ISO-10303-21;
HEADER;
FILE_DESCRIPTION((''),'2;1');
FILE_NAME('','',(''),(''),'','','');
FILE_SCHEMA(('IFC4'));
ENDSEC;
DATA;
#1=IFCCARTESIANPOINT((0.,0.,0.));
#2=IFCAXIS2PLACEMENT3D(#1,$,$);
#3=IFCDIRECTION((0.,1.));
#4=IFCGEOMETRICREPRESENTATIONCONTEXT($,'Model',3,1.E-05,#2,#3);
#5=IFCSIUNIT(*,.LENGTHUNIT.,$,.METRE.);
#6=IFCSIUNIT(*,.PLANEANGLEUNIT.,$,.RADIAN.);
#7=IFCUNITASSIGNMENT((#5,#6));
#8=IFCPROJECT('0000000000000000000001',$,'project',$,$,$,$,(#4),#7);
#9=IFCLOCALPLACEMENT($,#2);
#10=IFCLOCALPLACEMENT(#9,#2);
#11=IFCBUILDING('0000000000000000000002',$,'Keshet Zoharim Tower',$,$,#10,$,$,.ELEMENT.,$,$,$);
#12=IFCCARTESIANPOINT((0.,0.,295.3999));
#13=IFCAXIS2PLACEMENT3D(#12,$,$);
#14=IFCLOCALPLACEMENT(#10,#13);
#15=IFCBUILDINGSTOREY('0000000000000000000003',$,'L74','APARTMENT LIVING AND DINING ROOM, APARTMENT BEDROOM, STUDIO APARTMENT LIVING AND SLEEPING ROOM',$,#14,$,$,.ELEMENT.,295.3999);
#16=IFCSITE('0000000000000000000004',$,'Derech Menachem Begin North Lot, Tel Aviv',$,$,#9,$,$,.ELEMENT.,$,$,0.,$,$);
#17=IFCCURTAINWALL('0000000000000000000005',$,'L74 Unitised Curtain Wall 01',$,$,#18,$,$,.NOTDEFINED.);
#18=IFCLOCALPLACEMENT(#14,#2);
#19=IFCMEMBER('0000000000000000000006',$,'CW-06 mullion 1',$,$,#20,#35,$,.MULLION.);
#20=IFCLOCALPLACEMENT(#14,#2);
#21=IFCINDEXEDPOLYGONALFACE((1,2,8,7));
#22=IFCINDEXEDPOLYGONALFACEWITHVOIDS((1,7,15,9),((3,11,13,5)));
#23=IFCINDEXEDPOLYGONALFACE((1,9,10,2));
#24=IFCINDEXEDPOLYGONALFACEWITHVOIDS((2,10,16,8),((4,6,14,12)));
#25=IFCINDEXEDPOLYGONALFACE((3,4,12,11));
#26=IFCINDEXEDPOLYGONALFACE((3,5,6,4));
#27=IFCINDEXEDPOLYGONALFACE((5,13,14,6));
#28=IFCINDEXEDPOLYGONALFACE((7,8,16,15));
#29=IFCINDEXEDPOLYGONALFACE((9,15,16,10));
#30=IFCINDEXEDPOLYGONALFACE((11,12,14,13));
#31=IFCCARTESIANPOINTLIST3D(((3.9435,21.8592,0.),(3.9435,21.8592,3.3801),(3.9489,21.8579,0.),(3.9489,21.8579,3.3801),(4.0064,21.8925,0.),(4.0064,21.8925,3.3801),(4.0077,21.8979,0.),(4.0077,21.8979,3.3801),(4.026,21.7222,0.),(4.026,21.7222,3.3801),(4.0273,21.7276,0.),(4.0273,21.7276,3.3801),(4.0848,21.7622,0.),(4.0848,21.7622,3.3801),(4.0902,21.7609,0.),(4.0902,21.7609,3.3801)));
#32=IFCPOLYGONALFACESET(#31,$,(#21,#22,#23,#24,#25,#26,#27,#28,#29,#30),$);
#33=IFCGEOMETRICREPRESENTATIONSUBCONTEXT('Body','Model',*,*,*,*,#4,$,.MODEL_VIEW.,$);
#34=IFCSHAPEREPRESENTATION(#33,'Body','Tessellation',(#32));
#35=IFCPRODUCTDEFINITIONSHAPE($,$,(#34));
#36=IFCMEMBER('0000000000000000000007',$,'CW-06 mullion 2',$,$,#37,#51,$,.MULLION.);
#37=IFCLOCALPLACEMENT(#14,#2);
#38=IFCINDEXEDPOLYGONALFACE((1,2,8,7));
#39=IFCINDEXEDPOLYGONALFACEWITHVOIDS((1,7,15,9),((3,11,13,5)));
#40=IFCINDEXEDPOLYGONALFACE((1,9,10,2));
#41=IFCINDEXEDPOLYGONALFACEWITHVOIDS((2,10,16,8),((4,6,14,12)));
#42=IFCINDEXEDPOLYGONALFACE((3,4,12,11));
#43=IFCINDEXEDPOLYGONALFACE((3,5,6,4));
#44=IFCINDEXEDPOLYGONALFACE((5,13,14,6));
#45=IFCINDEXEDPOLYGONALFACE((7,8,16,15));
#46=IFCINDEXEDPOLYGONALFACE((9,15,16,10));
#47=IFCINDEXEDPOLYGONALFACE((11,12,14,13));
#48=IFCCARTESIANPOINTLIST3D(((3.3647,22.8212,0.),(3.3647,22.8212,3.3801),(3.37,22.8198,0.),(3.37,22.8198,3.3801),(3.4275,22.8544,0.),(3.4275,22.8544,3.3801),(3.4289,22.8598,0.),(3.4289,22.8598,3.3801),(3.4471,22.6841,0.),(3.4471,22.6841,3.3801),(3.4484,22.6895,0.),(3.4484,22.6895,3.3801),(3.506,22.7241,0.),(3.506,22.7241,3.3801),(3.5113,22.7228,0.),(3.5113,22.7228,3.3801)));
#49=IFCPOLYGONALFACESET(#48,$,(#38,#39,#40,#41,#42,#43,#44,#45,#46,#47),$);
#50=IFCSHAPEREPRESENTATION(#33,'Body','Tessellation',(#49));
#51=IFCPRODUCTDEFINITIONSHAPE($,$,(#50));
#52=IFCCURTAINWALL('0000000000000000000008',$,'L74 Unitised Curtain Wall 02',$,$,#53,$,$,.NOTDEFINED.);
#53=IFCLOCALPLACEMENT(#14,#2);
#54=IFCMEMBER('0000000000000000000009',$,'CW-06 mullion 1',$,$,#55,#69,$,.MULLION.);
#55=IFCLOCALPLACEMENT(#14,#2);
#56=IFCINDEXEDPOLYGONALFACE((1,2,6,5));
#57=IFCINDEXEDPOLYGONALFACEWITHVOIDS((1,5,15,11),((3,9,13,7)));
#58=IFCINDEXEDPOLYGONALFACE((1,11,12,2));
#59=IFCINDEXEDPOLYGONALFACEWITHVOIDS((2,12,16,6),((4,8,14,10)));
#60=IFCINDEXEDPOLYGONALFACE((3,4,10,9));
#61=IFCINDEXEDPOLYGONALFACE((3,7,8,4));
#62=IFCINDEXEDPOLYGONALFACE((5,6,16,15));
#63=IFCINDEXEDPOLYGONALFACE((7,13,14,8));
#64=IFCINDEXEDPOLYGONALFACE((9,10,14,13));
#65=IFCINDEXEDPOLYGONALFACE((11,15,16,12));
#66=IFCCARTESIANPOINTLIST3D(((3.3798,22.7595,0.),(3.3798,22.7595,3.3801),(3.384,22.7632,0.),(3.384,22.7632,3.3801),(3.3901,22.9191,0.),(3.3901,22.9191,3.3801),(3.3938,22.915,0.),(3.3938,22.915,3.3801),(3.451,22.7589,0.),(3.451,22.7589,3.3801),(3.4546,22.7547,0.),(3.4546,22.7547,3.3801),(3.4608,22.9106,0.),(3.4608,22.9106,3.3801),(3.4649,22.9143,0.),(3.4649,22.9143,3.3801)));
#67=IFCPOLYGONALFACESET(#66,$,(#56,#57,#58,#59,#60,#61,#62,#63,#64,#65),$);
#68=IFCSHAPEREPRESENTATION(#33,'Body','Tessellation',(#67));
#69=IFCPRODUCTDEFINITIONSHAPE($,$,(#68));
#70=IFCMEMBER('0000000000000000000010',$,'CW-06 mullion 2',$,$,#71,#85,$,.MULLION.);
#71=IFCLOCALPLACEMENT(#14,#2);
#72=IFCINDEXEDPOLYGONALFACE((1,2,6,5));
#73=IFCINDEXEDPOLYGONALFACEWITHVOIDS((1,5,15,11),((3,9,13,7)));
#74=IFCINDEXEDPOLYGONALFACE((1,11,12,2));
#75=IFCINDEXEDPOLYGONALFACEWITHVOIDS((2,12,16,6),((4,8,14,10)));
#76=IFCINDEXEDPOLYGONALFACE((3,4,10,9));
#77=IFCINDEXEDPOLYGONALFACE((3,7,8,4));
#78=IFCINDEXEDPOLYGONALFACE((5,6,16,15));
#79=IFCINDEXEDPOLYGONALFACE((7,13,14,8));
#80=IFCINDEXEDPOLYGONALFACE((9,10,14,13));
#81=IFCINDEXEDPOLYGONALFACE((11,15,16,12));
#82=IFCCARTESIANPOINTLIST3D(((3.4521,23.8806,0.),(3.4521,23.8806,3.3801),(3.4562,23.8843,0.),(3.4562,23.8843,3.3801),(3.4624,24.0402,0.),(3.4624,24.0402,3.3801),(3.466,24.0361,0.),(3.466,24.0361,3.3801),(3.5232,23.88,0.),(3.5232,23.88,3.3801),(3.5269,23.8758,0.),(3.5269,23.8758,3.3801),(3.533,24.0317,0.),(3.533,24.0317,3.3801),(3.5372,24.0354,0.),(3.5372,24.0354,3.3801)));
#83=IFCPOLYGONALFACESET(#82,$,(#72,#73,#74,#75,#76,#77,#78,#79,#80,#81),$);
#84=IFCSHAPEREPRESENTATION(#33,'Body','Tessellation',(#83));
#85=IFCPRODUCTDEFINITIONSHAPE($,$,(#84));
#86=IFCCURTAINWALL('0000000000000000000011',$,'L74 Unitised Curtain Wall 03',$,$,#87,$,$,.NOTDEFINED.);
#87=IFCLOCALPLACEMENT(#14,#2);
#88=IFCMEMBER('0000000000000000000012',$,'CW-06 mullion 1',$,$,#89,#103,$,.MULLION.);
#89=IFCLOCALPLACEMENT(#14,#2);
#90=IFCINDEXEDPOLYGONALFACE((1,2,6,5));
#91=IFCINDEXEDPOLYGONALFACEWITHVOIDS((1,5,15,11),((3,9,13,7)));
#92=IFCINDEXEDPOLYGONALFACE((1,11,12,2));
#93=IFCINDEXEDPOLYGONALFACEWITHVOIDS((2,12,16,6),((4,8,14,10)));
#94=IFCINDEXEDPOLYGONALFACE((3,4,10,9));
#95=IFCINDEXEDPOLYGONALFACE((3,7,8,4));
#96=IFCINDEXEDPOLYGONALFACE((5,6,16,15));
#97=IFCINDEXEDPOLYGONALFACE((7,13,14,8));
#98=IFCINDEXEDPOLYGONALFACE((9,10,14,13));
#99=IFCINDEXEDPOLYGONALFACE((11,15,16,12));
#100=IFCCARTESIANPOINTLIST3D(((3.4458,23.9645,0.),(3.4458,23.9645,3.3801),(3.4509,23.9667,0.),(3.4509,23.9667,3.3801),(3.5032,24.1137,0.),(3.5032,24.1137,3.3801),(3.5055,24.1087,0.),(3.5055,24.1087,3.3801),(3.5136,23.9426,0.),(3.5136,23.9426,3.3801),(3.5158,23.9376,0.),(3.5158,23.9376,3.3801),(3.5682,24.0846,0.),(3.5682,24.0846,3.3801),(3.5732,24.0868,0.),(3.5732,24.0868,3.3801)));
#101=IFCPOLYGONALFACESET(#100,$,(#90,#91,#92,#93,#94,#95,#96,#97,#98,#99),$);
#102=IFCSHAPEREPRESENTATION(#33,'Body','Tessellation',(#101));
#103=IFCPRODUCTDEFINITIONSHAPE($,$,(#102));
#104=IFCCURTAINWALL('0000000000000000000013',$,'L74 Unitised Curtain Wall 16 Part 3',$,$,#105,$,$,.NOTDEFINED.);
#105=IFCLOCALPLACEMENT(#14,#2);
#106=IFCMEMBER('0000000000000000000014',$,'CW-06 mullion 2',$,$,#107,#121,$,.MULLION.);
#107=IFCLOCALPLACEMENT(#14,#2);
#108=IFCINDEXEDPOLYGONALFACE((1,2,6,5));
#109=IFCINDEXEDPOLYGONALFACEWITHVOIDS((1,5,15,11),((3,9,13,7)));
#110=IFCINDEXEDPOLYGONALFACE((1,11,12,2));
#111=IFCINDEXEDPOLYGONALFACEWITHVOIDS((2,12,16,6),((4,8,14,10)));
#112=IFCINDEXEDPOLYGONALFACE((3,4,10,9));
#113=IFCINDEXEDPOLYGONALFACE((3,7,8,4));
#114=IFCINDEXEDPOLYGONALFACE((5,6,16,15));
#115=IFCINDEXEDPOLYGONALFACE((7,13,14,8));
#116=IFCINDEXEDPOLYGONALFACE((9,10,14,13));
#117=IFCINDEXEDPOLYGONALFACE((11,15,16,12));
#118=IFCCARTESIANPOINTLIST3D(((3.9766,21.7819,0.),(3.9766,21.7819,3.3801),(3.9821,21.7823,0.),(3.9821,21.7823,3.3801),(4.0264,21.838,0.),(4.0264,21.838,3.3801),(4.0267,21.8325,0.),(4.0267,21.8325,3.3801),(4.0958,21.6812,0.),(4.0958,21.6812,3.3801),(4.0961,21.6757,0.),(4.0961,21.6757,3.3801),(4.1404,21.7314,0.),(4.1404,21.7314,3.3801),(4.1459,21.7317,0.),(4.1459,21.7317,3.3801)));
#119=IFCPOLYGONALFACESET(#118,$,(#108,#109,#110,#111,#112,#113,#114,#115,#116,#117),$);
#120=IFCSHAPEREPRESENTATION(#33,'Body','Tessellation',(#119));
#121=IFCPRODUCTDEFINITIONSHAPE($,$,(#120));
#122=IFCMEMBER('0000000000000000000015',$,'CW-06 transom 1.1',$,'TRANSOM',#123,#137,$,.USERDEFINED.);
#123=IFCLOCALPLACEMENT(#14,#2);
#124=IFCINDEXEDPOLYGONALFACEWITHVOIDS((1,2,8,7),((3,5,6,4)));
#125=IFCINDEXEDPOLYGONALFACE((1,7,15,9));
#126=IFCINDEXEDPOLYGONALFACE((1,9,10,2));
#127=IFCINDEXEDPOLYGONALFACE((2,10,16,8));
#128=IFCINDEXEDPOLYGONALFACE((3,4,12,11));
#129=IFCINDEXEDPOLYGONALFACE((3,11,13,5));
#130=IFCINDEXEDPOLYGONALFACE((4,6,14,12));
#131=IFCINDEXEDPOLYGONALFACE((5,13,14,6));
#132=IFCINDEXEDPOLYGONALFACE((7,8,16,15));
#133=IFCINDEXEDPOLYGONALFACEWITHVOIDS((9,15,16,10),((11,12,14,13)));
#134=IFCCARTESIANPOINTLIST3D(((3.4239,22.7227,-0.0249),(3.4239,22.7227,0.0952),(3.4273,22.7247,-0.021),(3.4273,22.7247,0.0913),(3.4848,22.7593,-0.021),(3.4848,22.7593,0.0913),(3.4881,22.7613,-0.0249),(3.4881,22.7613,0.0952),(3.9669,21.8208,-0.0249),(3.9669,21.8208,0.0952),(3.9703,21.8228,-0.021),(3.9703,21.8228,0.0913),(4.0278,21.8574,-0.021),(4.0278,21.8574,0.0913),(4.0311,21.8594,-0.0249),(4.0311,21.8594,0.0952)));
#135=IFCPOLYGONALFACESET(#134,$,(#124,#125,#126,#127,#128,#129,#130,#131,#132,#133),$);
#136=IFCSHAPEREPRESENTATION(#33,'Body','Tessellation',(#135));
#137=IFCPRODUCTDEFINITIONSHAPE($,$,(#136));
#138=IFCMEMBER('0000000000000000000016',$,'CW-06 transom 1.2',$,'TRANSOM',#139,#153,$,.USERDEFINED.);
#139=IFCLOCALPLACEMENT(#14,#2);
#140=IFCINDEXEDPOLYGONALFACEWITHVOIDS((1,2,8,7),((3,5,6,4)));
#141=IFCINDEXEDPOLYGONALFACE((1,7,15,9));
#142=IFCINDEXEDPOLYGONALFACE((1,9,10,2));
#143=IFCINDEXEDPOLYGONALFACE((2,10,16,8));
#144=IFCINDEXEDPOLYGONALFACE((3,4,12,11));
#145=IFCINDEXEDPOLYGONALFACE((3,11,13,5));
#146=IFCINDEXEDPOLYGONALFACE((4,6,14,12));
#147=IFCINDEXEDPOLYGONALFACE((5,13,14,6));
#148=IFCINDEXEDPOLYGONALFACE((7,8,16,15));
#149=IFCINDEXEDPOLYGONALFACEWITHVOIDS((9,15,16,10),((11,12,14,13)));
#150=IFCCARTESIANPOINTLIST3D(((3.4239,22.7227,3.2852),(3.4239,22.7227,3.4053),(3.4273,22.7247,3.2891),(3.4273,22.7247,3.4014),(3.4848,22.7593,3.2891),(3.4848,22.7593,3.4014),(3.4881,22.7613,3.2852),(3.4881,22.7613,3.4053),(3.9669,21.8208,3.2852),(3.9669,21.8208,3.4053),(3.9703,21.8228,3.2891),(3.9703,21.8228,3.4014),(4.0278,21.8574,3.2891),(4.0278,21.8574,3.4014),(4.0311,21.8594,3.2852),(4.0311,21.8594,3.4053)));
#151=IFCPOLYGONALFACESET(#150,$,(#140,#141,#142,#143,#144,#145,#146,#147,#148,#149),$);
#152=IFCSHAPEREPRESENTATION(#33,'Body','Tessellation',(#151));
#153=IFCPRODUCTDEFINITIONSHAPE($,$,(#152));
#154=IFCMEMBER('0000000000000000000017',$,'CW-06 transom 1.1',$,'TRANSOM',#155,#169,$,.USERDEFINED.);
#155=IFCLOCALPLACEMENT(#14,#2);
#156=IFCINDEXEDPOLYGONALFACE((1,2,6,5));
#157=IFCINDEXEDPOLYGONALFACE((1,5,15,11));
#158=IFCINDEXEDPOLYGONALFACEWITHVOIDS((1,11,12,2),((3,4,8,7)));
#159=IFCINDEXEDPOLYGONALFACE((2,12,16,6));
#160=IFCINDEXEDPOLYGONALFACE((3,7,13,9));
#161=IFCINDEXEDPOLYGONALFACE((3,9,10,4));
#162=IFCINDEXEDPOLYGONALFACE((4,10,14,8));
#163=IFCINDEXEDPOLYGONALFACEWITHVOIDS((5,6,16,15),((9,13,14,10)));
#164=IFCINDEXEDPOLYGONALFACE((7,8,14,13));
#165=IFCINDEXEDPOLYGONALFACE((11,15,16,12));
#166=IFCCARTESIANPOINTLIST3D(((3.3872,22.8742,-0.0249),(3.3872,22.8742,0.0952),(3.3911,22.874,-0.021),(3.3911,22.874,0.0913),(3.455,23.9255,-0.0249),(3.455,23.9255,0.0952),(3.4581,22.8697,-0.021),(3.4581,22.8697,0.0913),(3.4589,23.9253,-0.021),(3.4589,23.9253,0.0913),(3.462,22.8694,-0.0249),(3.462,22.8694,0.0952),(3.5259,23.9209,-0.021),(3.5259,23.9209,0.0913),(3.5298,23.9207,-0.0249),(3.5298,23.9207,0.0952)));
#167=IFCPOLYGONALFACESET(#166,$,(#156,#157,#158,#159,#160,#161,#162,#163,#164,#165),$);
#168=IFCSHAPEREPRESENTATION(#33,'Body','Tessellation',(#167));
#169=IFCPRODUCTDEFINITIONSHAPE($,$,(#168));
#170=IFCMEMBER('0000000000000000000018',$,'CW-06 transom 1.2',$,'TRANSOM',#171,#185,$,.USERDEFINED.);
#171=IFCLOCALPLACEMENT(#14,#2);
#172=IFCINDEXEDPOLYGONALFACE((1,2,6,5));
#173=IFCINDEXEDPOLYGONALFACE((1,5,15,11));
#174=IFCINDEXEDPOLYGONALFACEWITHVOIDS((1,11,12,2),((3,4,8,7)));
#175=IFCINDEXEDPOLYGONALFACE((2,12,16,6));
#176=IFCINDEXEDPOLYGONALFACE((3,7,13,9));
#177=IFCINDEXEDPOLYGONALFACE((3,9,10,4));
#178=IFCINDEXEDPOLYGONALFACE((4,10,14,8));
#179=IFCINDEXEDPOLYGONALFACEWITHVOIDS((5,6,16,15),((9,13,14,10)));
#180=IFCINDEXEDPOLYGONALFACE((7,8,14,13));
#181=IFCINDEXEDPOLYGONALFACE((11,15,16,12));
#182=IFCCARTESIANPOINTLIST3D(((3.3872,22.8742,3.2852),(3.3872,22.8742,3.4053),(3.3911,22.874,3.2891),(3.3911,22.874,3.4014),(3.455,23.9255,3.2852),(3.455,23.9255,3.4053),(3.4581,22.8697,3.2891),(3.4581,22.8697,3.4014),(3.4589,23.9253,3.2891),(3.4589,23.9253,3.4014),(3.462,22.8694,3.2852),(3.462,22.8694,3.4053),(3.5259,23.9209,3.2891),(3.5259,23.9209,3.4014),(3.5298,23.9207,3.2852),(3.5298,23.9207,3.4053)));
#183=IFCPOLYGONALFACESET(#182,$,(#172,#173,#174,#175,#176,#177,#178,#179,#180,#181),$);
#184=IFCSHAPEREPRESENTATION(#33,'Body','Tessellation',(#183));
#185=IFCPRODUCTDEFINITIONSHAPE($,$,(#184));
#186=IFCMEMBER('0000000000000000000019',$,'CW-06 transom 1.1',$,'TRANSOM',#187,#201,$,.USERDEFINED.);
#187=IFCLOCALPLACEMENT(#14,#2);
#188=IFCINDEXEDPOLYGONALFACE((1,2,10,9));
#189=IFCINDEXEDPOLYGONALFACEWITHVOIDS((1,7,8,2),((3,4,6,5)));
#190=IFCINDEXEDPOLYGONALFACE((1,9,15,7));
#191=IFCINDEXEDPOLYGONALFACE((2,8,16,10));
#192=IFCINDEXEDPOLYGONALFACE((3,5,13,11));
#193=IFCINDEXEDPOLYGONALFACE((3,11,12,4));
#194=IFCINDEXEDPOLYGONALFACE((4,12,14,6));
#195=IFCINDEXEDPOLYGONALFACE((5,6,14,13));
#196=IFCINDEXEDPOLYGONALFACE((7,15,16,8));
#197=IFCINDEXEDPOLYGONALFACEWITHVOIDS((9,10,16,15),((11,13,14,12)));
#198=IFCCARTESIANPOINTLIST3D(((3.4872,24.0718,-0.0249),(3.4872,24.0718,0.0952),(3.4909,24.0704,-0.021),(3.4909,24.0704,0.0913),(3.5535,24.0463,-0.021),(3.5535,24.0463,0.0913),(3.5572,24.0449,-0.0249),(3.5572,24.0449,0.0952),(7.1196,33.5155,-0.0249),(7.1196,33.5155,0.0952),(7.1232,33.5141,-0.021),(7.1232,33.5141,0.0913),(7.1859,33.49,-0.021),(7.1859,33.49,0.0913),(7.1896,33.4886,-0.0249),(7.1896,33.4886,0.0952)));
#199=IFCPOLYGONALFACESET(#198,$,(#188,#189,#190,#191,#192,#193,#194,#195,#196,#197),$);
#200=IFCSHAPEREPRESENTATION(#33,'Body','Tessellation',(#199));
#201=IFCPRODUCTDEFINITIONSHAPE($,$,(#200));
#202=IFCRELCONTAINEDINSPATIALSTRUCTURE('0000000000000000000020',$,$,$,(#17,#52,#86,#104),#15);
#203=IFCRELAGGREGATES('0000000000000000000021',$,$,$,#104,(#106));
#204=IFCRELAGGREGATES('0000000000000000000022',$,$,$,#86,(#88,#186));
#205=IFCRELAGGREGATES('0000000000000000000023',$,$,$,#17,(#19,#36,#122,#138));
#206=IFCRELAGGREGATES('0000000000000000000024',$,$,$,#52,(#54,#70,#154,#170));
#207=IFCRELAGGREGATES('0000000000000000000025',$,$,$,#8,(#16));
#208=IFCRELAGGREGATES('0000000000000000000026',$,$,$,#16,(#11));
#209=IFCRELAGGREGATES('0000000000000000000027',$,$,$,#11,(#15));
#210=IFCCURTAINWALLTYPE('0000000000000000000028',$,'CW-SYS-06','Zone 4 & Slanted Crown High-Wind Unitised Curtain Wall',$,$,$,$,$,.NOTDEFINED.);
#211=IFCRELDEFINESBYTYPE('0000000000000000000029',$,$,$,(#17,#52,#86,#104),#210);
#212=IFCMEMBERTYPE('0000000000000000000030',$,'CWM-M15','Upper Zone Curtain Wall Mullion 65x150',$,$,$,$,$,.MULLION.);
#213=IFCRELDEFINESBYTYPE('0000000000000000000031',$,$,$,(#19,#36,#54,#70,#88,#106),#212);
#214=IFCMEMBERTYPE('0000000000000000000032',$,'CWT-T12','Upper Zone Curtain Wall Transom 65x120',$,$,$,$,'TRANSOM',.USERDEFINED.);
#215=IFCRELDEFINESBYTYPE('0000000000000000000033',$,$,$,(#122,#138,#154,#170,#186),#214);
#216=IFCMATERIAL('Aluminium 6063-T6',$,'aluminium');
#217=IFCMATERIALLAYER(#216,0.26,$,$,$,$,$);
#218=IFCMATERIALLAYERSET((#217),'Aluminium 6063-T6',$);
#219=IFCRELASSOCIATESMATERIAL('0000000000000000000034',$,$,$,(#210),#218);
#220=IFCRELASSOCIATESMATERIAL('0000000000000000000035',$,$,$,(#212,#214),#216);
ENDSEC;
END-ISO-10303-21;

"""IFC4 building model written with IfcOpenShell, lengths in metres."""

from ifc_helpers import new_model, si_unit, direction, frame, origin, origin_2d, place, context, subcontext, project, spatial, hollow_rectangle, extrude, material, layer, layer_set, material_profile, profile_set, type_object, element, aggregate, save


model = new_model("IFC4")

# Units and contexts
model_context = context("Model", 3, precision=1e-05, world=origin(), true_north=direction((0.0, 1.0)))
body_context = subcontext(model_context, "Body", "Model", "MODEL_VIEW")
ifc_project = project(units=[si_unit("LENGTHUNIT", "METRE"), si_unit("PLANEANGLEUNIT", "RADIAN")], contexts=[model_context])

# Site, building, storey
site_placement = place(None, origin())
site = spatial("IfcSite", under=ifc_project, at=site_placement, Name="Derech Menachem Begin North Lot, Tel Aviv", CompositionType="ELEMENT", RefElevation=0.0)
building_placement = place(site_placement, origin())
building = spatial("IfcBuilding", under=site, at=building_placement, Name="Keshet Zoharim Tower", CompositionType="ELEMENT")
storey_placement = place(building_placement, frame((0.0, 0.0, 295.3999)))
storey = spatial("IfcBuildingStorey", under=building, at=storey_placement, Name="L74", Description="APARTMENT LIVING AND DINING ROOM, APARTMENT BEDROOM, STUDIO APARTMENT LIVING AND SLEEPING ROOM", CompositionType="ELEMENT", Elevation=295.3999)

# Curtain walls, members
ifc_material_1 = material(Name="Aluminium 6063-T6", Category="aluminium")
ifc_layer_1 = layer(ifc_material_1, 0.26)
ifc_layer_set_1 = layer_set([ifc_layer_1], Name="Aluminium 6063-T6")
curtain_wall_type = type_object("IfcCurtainWallType", Name="CW-SYS-06", Description="Zone 4 & Slanted Crown High-Wind Unitised Curtain Wall", PredefinedType="NOTDEFINED", material=ifc_layer_set_1)
curtain_wall_1_placement = place(storey_placement, origin())
curtain_wall_1 = element("IfcCurtainWall", 1, at=curtain_wall_1_placement, inside=storey, type_object=curtain_wall_type, Name="L74 Unitised Curtain Wall 01", PredefinedType="NOTDEFINED")
ifc_material_profile_1 = material_profile(ifc_material_1, hollow_rectangle(XDim=0.075, YDim=0.1599, WallThickness=0.0039, at=origin_2d()), Name="MUL-75x160")
ifc_profile_set_1 = profile_set([ifc_material_profile_1], Name="Aluminium 6063-T6")
member_type_1 = type_object("IfcMemberType", Name="CWM-M15", Description="Upper Zone Curtain Wall Mullion 65x150", PredefinedType="MULLION", material=ifc_profile_set_1)
member_1_placement = place(storey_placement, frame((4.0168, 21.8101, 0.0), z_axis=(0.0, 0.0, 1.0), x_axis=(-0.856826, -0.515605, 0.0)))
member_1 = element("IfcMember", 2, at=member_1_placement, type_object=member_type_1, Name="CW-06 mullion 1", PredefinedType="MULLION", context=body_context, shape_type="SweptSolid", body=[
    extrude(hollow_rectangle(XDim=0.075, YDim=0.1599, WallThickness=0.0039, at=origin_2d()), origin(), (0.0, 0.0, 1.0), 3.3801),
])
member_2_placement = place(storey_placement, frame((3.438, 22.772, 0.0), z_axis=(0.0, 0.0, 1.0), x_axis=(-0.856826, -0.515605, 0.0)))
member_2 = element("IfcMember", 3, at=member_2_placement, type_object=member_type_1, Name="CW-06 mullion 2", PredefinedType="MULLION", context=body_context, shape_type="SweptSolid", body=[
    extrude(hollow_rectangle(XDim=0.075, YDim=0.1599, WallThickness=0.0039, at=origin_2d()), origin(), (0.0, 0.0, 1.0), 3.3801),
])
curtain_wall_2_placement = place(storey_placement, origin())
curtain_wall_2 = element("IfcCurtainWall", 4, at=curtain_wall_2_placement, inside=storey, type_object=curtain_wall_type, Name="L74 Unitised Curtain Wall 02", PredefinedType="NOTDEFINED")
member_3_placement = place(storey_placement, frame((3.4224, 22.8369, 0.0), z_axis=(0.0, 0.0, 1.0), x_axis=(-0.997917, 0.064517, 0.0)))
member_3 = element("IfcMember", 5, at=member_3_placement, type_object=member_type_1, Name="CW-06 mullion 1", PredefinedType="MULLION", context=body_context, shape_type="SweptSolid", body=[
    extrude(hollow_rectangle(XDim=0.075, YDim=0.1599, WallThickness=0.0039, at=origin_2d()), origin(), (0.0, 0.0, 1.0), 3.3801),
])
member_4_placement = place(storey_placement, frame((3.4946, 23.958, 0.0), z_axis=(0.0, 0.0, 1.0), x_axis=(-0.997917, 0.064517, 0.0)))
member_4 = element("IfcMember", 6, at=member_4_placement, type_object=member_type_1, Name="CW-06 mullion 2", PredefinedType="MULLION", context=body_context, shape_type="SweptSolid", body=[
    extrude(hollow_rectangle(XDim=0.075, YDim=0.1599, WallThickness=0.0039, at=origin_2d()), origin(), (0.0, 0.0, 1.0), 3.3801),
])

# Curtain walls, members
curtain_wall_3_placement = place(storey_placement, origin())
curtain_wall_3 = element("IfcCurtainWall", 7, at=curtain_wall_3_placement, inside=storey, type_object=curtain_wall_type, Name="L74 Unitised Curtain Wall 03", PredefinedType="NOTDEFINED")
member_5_placement = place(storey_placement, frame((3.5095, 24.0256, 0.0), z_axis=(0.0, 0.0, 1.0), x_axis=(-0.933341, 0.35899, 0.0)))
member_5 = element("IfcMember", 8, at=member_5_placement, type_object=member_type_1, Name="CW-06 mullion 1", PredefinedType="MULLION", context=body_context, shape_type="SweptSolid", body=[
    extrude(hollow_rectangle(XDim=0.075, YDim=0.1599, WallThickness=0.0039, at=origin_2d()), origin(), (0.0, 0.0, 1.0), 3.3801),
])
curtain_wall_4_placement = place(storey_placement, origin())
curtain_wall_4 = element("IfcCurtainWall", 9, at=curtain_wall_4_placement, inside=storey, type_object=curtain_wall_type, Name="L74 Unitised Curtain Wall 16 Part 3", PredefinedType="NOTDEFINED")
member_6_placement = place(storey_placement, frame((4.0613, 21.7568, 0.0), z_axis=(0.0, 0.0, 1.0), x_axis=(-0.66436, -0.747413, 0.0)))
member_6 = element("IfcMember", 10, at=member_6_placement, type_object=member_type_1, Name="CW-06 mullion 2", PredefinedType="MULLION", context=body_context, shape_type="SweptSolid", body=[
    extrude(hollow_rectangle(XDim=0.075, YDim=0.1599, WallThickness=0.0039, at=origin_2d()), origin(), (0.0, 0.0, 1.0), 3.3801),
])
aggregate(curtain_wall_4, [member_6])

# Members
ifc_material_profile_2 = material_profile(ifc_material_1, hollow_rectangle(XDim=0.075, YDim=0.1201, WallThickness=0.0039, at=origin_2d()), Name="TRN-75x120")
ifc_profile_set_2 = profile_set([ifc_material_profile_2], Name="Aluminium 6063-T6")
member_type_2 = type_object("IfcMemberType", Name="CWT-T12", Description="Upper Zone Curtain Wall Transom 65x120", ElementType="TRANSOM", PredefinedType="USERDEFINED", material=ifc_profile_set_2)
member_7_placement = place(storey_placement, frame((3.999, 21.8401, 0.0352), z_axis=(-0.515791, 0.856714, 0.0), x_axis=(-0.856714, -0.515791, 0.0)))
member_7 = element("IfcMember", 11, at=member_7_placement, type_object=member_type_2, Name="CW-06 transom 1.1", ObjectType="TRANSOM", PredefinedType="USERDEFINED", context=body_context, shape_type="SweptSolid", body=[
    extrude(hollow_rectangle(XDim=0.075, YDim=0.1201, WallThickness=0.0039, at=origin_2d()), origin(), (0.0, 0.0, 1.0), 1.0527),
])
member_8_placement = place(storey_placement, frame((3.999, 21.8401, 3.3452), z_axis=(-0.515791, 0.856714, 0.0), x_axis=(-0.856714, -0.515791, 0.0)))
member_8 = element("IfcMember", 12, at=member_8_placement, type_object=member_type_2, Name="CW-06 transom 1.2", ObjectType="TRANSOM", PredefinedType="USERDEFINED", context=body_context, shape_type="SweptSolid", body=[
    extrude(hollow_rectangle(XDim=0.075, YDim=0.1201, WallThickness=0.0039, at=origin_2d()), origin(), (0.0, 0.0, 1.0), 1.0527),
])
member_9_placement = place(storey_placement, frame((3.4246, 22.8718, 0.0352), z_axis=(0.064427, 0.997922, 0.0), x_axis=(-0.997922, 0.064427, 0.0)))
member_9 = element("IfcMember", 13, at=member_9_placement, type_object=member_type_2, Name="CW-06 transom 1.1", ObjectType="TRANSOM", PredefinedType="USERDEFINED", context=body_context, shape_type="SweptSolid", body=[
    extrude(hollow_rectangle(XDim=0.075, YDim=0.1201, WallThickness=0.0039, at=origin_2d()), origin(), (0.0, 0.0, 1.0), 1.0535),
])
member_10_placement = place(storey_placement, frame((3.4246, 22.8718, 3.3452), z_axis=(0.064427, 0.997922, 0.0), x_axis=(-0.997922, 0.064427, 0.0)))
member_10 = element("IfcMember", 14, at=member_10_placement, type_object=member_type_2, Name="CW-06 transom 1.2", ObjectType="TRANSOM", PredefinedType="USERDEFINED", context=body_context, shape_type="SweptSolid", body=[
    extrude(hollow_rectangle(XDim=0.075, YDim=0.1201, WallThickness=0.0039, at=origin_2d()), origin(), (0.0, 0.0, 1.0), 1.0535),
])
member_11_placement = place(storey_placement, frame((3.5222, 24.0583, 0.0352), z_axis=(0.358994, 0.93334, 0.0), x_axis=(-0.93334, 0.358994, 0.0)))
member_11 = element("IfcMember", 15, at=member_11_placement, type_object=member_type_2, Name="CW-06 transom 1.1", ObjectType="TRANSOM", PredefinedType="USERDEFINED", context=body_context, shape_type="SweptSolid", body=[
    extrude(hollow_rectangle(XDim=0.075, YDim=0.1201, WallThickness=0.0039, at=origin_2d()), origin(), (0.0, 0.0, 1.0), 10.1182),
])
aggregate(curtain_wall_3, [member_5, member_11])

aggregate(curtain_wall_1, [member_1, member_2, member_7, member_8])
aggregate(curtain_wall_2, [member_3, member_4, member_9, member_10])

save(model, "model.ifc")
